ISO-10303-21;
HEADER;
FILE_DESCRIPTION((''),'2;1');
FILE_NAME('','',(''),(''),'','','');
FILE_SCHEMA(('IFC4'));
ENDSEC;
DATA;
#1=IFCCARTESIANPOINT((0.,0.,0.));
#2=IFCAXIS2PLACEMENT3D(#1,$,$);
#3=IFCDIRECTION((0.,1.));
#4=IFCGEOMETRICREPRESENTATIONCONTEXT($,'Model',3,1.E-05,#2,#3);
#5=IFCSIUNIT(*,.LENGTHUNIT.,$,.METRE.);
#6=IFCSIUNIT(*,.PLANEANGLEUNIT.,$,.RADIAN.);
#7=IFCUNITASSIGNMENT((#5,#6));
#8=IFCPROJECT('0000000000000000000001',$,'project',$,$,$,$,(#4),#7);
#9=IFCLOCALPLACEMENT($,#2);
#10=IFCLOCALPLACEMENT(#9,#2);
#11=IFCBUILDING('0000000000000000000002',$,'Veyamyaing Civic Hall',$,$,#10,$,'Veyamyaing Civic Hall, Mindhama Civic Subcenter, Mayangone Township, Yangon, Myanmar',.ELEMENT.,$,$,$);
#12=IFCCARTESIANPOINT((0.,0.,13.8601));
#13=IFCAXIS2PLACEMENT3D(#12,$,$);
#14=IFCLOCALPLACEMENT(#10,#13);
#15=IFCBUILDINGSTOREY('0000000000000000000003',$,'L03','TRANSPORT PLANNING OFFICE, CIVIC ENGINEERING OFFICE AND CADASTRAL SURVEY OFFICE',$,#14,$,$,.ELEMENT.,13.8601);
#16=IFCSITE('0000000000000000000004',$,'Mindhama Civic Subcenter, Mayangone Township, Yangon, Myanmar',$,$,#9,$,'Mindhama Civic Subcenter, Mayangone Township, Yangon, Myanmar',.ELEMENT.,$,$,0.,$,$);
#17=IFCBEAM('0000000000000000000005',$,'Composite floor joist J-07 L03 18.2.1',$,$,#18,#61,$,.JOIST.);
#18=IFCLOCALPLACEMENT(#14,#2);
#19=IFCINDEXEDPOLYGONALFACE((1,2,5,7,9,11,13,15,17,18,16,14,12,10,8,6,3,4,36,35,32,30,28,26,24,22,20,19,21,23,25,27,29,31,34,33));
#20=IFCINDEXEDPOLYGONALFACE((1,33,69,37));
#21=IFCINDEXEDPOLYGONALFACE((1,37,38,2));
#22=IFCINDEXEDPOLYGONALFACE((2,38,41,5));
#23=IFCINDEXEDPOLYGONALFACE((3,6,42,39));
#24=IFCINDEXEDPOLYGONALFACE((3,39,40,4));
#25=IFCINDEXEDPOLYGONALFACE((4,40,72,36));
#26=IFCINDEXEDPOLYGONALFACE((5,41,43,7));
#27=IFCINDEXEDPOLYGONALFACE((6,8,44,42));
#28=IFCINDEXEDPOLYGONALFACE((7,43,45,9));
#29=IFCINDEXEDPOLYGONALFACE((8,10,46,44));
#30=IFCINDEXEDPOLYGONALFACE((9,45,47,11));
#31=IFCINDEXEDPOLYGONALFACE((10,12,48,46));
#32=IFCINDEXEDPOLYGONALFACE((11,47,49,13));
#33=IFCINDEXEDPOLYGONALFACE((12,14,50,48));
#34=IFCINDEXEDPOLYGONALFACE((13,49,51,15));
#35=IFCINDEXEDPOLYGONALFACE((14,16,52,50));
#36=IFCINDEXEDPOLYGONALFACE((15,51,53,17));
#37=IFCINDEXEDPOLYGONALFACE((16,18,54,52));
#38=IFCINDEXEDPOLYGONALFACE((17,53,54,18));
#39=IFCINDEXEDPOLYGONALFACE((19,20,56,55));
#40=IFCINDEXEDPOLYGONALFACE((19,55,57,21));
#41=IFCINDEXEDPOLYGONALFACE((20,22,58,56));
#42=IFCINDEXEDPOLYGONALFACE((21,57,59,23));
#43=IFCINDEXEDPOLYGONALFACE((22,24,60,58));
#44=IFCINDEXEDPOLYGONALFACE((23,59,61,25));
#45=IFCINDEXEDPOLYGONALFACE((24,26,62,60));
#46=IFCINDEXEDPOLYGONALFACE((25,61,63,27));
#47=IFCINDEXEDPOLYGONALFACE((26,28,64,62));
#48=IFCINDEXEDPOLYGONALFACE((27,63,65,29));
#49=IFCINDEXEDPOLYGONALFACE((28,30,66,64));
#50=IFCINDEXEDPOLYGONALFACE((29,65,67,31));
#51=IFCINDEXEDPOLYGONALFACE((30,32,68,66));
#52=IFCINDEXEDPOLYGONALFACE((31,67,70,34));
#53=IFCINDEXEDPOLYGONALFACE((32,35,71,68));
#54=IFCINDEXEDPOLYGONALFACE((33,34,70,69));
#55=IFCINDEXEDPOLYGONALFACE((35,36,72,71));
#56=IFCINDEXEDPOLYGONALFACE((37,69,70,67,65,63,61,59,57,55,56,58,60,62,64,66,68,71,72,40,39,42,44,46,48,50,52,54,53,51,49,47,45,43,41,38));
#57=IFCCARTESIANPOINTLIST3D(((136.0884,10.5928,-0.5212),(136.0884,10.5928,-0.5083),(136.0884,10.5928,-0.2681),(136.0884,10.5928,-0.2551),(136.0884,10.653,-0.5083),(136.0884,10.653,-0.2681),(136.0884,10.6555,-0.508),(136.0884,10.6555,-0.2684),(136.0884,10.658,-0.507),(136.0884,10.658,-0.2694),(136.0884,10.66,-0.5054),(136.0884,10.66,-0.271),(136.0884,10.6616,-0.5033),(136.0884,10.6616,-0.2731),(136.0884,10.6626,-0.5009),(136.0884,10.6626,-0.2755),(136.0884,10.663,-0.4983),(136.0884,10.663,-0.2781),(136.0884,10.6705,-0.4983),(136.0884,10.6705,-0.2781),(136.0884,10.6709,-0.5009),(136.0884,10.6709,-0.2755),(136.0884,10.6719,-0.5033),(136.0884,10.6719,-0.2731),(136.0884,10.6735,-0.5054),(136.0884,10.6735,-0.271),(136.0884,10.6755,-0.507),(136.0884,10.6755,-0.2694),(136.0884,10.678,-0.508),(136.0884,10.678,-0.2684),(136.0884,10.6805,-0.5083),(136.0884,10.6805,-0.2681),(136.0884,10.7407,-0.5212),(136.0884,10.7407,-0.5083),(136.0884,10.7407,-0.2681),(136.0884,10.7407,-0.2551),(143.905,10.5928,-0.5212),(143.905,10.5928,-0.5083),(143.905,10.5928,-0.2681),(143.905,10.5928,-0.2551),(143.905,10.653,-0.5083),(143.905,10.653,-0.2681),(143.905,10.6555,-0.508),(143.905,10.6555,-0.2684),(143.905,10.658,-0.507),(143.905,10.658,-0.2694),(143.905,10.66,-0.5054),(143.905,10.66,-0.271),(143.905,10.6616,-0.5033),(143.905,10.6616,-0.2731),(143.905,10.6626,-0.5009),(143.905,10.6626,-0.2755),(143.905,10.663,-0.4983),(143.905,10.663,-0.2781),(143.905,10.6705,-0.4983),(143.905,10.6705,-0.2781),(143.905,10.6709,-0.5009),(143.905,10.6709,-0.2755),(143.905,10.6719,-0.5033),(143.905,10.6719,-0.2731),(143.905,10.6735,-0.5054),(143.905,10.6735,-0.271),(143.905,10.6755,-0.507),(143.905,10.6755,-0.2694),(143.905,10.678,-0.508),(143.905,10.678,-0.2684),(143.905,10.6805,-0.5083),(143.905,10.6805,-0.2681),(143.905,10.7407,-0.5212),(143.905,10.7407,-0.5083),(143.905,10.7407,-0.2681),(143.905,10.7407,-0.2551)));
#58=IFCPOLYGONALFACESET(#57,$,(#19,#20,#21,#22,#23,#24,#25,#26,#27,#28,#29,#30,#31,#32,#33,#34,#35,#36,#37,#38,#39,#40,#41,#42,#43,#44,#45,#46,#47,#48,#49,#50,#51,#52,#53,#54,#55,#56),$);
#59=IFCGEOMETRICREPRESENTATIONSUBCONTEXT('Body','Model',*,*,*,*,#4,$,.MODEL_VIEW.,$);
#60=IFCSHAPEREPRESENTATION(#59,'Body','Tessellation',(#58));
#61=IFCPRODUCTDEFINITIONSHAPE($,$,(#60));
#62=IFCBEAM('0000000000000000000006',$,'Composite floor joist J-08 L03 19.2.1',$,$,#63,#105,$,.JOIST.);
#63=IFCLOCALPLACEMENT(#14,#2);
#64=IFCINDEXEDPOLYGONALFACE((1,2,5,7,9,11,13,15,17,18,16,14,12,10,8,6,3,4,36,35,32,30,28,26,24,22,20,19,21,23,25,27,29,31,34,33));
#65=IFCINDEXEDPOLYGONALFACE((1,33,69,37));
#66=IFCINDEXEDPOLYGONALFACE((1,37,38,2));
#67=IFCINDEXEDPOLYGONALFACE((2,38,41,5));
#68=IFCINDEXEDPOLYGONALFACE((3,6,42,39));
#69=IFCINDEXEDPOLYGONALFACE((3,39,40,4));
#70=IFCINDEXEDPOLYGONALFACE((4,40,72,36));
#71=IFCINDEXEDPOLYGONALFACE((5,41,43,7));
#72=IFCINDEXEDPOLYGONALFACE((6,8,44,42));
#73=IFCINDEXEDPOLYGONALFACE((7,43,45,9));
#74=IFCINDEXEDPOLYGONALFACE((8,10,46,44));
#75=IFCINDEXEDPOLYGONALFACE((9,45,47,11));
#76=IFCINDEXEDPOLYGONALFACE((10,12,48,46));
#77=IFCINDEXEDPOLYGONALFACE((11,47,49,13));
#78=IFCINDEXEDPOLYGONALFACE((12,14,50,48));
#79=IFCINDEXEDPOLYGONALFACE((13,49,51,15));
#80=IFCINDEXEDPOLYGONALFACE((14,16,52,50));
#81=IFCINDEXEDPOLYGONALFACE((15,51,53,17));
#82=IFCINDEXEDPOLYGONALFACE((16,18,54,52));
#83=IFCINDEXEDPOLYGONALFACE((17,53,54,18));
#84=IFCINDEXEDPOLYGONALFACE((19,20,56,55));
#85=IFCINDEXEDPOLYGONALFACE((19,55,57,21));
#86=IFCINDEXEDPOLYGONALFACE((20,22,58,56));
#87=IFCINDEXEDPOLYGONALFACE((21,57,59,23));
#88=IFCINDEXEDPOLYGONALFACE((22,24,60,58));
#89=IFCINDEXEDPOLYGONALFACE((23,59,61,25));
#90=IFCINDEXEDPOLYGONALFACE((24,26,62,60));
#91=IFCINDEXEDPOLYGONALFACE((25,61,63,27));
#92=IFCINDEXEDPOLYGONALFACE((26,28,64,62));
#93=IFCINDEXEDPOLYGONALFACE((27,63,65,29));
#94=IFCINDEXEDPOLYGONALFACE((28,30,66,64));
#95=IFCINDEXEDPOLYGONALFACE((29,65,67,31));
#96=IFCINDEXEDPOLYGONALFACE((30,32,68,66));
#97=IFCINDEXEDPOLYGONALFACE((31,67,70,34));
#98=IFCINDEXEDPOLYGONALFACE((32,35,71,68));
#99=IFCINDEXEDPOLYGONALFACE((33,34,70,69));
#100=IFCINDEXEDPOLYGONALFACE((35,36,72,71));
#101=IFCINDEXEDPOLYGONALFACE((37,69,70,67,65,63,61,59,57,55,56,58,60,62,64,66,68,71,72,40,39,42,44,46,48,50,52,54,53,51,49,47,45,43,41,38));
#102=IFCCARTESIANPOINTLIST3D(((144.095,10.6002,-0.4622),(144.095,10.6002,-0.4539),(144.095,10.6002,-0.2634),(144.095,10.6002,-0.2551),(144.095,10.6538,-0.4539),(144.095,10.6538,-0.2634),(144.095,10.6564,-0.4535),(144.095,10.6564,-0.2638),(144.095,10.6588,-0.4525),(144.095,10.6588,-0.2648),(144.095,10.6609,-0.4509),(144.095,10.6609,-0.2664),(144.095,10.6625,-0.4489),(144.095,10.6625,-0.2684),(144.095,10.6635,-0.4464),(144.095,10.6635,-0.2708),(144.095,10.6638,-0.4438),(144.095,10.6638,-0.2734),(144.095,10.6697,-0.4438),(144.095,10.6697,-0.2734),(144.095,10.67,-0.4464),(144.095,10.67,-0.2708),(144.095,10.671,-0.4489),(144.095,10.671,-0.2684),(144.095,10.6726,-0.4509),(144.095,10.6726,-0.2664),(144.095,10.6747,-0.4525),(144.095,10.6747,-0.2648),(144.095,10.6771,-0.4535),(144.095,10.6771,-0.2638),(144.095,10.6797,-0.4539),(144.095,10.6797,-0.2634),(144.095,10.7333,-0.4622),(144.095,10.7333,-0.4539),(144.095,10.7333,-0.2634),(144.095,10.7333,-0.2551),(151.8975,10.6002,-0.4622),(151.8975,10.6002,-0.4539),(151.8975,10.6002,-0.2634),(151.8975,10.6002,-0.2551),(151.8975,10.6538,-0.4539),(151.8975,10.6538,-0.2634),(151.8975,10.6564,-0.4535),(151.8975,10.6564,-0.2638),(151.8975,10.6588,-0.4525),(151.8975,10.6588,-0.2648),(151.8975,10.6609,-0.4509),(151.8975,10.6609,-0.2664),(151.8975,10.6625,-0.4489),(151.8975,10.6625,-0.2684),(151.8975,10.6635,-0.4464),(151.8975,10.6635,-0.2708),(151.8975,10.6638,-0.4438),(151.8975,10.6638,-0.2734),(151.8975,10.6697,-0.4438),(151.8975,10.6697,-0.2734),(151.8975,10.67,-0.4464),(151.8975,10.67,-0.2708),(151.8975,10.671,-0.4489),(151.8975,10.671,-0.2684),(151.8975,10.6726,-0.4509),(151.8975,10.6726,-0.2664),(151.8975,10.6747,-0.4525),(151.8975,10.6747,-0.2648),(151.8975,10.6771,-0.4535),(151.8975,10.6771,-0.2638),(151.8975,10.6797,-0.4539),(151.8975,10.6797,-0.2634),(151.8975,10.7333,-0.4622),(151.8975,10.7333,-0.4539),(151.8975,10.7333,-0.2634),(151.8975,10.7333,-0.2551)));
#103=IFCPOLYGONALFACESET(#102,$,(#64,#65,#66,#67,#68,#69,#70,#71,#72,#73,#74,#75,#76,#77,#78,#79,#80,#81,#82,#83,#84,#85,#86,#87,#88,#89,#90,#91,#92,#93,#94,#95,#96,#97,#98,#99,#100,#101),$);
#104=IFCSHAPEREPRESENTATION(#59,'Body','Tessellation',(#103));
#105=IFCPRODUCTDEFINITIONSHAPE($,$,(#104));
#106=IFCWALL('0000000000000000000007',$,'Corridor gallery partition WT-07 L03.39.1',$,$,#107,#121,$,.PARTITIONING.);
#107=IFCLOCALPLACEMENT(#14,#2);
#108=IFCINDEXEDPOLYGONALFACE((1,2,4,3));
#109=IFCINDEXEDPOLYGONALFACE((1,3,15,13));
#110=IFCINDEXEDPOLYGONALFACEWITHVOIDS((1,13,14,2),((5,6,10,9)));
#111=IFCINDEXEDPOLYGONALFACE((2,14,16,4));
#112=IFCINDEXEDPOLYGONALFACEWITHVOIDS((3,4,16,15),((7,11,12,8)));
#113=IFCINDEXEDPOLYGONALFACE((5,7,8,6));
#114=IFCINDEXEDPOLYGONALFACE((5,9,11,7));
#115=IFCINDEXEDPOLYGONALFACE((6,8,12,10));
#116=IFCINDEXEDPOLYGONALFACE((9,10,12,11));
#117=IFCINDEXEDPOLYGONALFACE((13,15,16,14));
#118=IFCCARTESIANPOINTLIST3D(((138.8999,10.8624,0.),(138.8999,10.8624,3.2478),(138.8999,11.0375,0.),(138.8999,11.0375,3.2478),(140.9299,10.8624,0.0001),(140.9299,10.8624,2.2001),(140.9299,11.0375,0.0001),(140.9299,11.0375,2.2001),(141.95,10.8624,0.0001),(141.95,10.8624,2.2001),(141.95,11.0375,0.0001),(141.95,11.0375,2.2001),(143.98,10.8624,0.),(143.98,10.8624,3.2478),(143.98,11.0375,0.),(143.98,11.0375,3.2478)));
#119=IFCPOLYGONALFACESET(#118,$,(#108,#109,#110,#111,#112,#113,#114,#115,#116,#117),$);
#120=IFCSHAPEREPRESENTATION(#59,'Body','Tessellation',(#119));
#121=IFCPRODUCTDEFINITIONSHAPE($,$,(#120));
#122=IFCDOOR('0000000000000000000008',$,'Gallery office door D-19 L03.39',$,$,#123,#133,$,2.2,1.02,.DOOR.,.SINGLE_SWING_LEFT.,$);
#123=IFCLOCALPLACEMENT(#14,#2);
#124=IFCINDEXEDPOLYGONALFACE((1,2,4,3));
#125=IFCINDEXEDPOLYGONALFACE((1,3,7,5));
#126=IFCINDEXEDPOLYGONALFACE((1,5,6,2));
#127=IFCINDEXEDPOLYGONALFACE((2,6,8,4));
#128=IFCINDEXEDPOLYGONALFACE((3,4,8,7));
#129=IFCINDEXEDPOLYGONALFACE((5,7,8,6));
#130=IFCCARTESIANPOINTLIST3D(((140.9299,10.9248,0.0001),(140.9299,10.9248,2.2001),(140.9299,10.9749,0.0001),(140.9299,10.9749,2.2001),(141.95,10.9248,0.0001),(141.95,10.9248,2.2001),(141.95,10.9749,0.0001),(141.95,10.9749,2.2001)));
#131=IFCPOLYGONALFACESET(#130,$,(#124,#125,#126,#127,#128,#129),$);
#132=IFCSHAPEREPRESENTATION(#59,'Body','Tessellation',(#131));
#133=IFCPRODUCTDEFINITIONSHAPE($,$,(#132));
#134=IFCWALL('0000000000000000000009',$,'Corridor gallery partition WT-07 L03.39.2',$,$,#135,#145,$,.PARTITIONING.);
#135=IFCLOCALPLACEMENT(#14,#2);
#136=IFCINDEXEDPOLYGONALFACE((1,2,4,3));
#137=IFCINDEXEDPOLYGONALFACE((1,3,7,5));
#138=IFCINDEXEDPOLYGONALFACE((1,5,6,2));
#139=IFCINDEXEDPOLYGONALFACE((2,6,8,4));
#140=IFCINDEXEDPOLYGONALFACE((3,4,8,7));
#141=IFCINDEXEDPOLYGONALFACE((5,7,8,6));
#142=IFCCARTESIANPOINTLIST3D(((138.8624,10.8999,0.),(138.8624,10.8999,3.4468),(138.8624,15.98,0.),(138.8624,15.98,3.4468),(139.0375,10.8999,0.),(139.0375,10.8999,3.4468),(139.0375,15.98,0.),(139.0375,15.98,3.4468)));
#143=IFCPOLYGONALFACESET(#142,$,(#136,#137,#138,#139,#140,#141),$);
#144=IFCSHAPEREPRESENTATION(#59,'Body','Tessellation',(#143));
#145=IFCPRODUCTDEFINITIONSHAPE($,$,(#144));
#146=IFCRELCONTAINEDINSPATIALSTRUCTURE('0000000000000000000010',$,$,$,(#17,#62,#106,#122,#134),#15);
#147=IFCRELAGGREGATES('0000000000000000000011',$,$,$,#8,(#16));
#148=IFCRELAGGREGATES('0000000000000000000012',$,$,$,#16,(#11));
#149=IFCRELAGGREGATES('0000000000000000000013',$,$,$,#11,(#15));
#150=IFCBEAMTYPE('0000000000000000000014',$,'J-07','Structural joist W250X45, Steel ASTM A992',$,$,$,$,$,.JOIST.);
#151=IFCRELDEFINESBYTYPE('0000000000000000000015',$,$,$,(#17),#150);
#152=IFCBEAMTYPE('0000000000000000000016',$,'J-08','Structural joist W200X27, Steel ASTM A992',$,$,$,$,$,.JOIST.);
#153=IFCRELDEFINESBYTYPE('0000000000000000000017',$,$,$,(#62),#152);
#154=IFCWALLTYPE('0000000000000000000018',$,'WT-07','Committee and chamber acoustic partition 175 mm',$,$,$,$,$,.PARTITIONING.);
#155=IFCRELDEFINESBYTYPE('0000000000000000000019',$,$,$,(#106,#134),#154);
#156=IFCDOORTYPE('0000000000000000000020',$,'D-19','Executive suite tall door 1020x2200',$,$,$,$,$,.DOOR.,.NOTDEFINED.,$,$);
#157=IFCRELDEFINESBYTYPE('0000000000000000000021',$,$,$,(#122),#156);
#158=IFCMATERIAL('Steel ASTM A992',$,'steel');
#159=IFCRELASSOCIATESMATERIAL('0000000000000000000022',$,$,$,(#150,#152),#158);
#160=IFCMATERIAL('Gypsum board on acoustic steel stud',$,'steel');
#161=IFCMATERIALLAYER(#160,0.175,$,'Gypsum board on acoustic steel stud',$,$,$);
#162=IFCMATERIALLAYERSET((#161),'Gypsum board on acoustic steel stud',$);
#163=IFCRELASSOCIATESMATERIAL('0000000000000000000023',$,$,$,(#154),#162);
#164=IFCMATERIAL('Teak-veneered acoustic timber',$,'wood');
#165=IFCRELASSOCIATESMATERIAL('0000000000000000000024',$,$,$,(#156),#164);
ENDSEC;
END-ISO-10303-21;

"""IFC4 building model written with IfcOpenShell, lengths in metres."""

from ifc_helpers import new_model, si_unit, direction, frame, frame_2d, origin, origin_2d, place, context, subcontext, project, spatial, rectangle, i_section, extrude, material, layer, layer_set, material_profile, profile_set, type_object, element, fill, save


model = new_model("IFC4")

# Units and contexts
model_context = context("Model", 3, precision=1e-05, world=origin(), true_north=direction((0.0, 1.0)))
body_context = subcontext(model_context, "Body", "Model", "MODEL_VIEW")
ifc_project = project(units=[si_unit("LENGTHUNIT", "METRE"), si_unit("PLANEANGLEUNIT", "RADIAN")], contexts=[model_context])

# Site, building, storey
site_placement = place(None, origin())
site = spatial("IfcSite", under=ifc_project, at=site_placement, Name="Mindhama Civic Subcenter, Mayangone Township, Yangon, Myanmar", LongName="Mindhama Civic Subcenter, Mayangone Township, Yangon, Myanmar", CompositionType="ELEMENT", RefElevation=0.0)
building_placement = place(site_placement, origin())
building = spatial("IfcBuilding", under=site, at=building_placement, Name="Veyamyaing Civic Hall", LongName="Veyamyaing Civic Hall, Mindhama Civic Subcenter, Mayangone Township, Yangon, Myanmar", CompositionType="ELEMENT")
storey_placement = place(building_placement, frame((0.0, 0.0, 13.8601)))
storey = spatial("IfcBuildingStorey", under=building, at=storey_placement, Name="L03", Description="TRANSPORT PLANNING OFFICE, CIVIC ENGINEERING OFFICE AND CADASTRAL SURVEY OFFICE", CompositionType="ELEMENT", Elevation=13.8601)

# Beams
ifc_material_1 = material(Name="Steel ASTM A992", Category="steel")
ifc_material_profile_1 = material_profile(ifc_material_1, i_section(OverallWidth=0.1479, OverallDepth=0.2661, WebThickness=0.0076, FlangeThickness=0.0129, FilletRadius=0.01, at=origin_2d()), Name="W250X45")
ifc_profile_set_1 = profile_set([ifc_material_profile_1], Name="Steel ASTM A992")
beam_type_1 = type_object("IfcBeamType", Name="J-07", Description="Structural joist W250X45, Steel ASTM A992", PredefinedType="JOIST", material=ifc_profile_set_1)
beam_1_placement = place(storey_placement, frame((136.0884, 10.6667, -0.3882), z_axis=(1.0, 0.0, 0.0), x_axis=(0.0, 1.0, 0.0)))
element("IfcBeam", 1, at=beam_1_placement, inside=storey, type_object=beam_type_1, Name="Composite floor joist J-07 L03 18.2.1", PredefinedType="JOIST", context=body_context, shape_type="SweptSolid", body=[
    extrude(i_section(OverallWidth=0.1479, OverallDepth=0.2661, WebThickness=0.0076, FlangeThickness=0.0129, FilletRadius=0.01, at=origin_2d()), origin(), (0.0, 0.0, 1.0), 7.8167),
])
ifc_material_profile_2 = material_profile(ifc_material_1, i_section(OverallWidth=0.1331, OverallDepth=0.207, WebThickness=0.0059, FlangeThickness=0.0083, FilletRadius=0.01, at=origin_2d()), Name="W200X27")
ifc_profile_set_2 = profile_set([ifc_material_profile_2], Name="Steel ASTM A992")
beam_type_2 = type_object("IfcBeamType", Name="J-08", Description="Structural joist W200X27, Steel ASTM A992", PredefinedType="JOIST", material=ifc_profile_set_2)
beam_2_placement = place(storey_placement, frame((144.095, 10.6667, -0.3586), z_axis=(1.0, 0.0, 0.0), x_axis=(0.0, 1.0, 0.0)))
element("IfcBeam", 2, at=beam_2_placement, inside=storey, type_object=beam_type_2, Name="Composite floor joist J-08 L03 19.2.1", PredefinedType="JOIST", context=body_context, shape_type="SweptSolid", body=[
    extrude(i_section(OverallWidth=0.1331, OverallDepth=0.207, WebThickness=0.0059, FlangeThickness=0.0083, FilletRadius=0.01, at=origin_2d()), origin(), (0.0, 0.0, 1.0), 7.8025),
])

# Wall, opening, door
ifc_material_2 = material(Name="Gypsum board on acoustic steel stud", Category="steel")
ifc_layer_1 = layer(ifc_material_2, 0.175, Name="Gypsum board on acoustic steel stud")
ifc_layer_set_1 = layer_set([ifc_layer_1], Name="Gypsum board on acoustic steel stud")
wall_type_1 = type_object("IfcWallType", Name="WT-07", Description="Committee and chamber acoustic partition 175 mm", PredefinedType="PARTITIONING", material=ifc_layer_set_1)
wall_1_placement = place(storey_placement, frame((138.8999, 10.95, 0.0), z_axis=(0.0, 0.0, 1.0), x_axis=(1.0, 0.0, 0.0)))
wall_1 = element("IfcWall", 3, at=wall_1_placement, inside=storey, type_object=wall_type_1, Name="Corridor gallery partition WT-07 L03.39.1", PredefinedType="PARTITIONING", context=body_context, shape_type="SweptSolid", body=[
    extrude(rectangle(XDim=5.0801, YDim=0.175, at=frame_2d((2.54, 0.0))), origin(), (0.0, 0.0, 1.0), 3.2478),
])
opening_1_placement = place(wall_1_placement, frame((2.03, 0.0, 0.0)))
opening_1 = element("IfcOpeningElement", 4, at=opening_1_placement, cuts=wall_1, PredefinedType="OPENING", context=body_context, shape_type="SweptSolid", body=[
    extrude(rectangle(XDim=1.02, YDim=2.2, at=frame_2d((0.51, 1.1001))), frame((0.0, 0.0974, 0.0), z_axis=(0.0, -1.0, 0.0), x_axis=(1.0, 0.0, 0.0)), (0.0, 0.0, 1.0), 0.1951),
])
ifc_material_3 = material(Name="Teak-veneered acoustic timber", Category="wood")
door_type = type_object("IfcDoorType", Name="D-19", Description="Executive suite tall door 1020x2200", OperationType="NOTDEFINED", PredefinedType="DOOR", material=ifc_material_3)
door_placement = place(opening_1_placement, origin())
door = element("IfcDoor", 5, at=door_placement, inside=storey, type_object=door_type, Name="Gallery office door D-19 L03.39", OperationType="SINGLE_SWING_LEFT", OverallHeight=2.2, OverallWidth=1.02, PredefinedType="DOOR", context=body_context, shape_type="SweptSolid", body=[
    extrude(rectangle(XDim=1.02, YDim=2.2, at=frame_2d((0.51, 1.1001))), frame((0.0, 0.0249, 0.0), z_axis=(0.0, -1.0, 0.0), x_axis=(1.0, 0.0, 0.0)), (0.0, 0.0, 1.0), 0.05),
])
fill(opening_1, door)

# Wall
wall_2_placement = place(storey_placement, frame((138.95, 10.8999, 0.0), z_axis=(0.0, 0.0, 1.0), x_axis=(0.0, 1.0, 0.0)))
element("IfcWall", 6, at=wall_2_placement, inside=storey, type_object=wall_type_1, Name="Corridor gallery partition WT-07 L03.39.2", PredefinedType="PARTITIONING", context=body_context, shape_type="SweptSolid", body=[
    extrude(rectangle(XDim=5.0801, YDim=0.175, at=frame_2d((2.54, 0.0))), origin(), (0.0, 0.0, 1.0), 3.4468),
])

save(model, "model.ifc")
